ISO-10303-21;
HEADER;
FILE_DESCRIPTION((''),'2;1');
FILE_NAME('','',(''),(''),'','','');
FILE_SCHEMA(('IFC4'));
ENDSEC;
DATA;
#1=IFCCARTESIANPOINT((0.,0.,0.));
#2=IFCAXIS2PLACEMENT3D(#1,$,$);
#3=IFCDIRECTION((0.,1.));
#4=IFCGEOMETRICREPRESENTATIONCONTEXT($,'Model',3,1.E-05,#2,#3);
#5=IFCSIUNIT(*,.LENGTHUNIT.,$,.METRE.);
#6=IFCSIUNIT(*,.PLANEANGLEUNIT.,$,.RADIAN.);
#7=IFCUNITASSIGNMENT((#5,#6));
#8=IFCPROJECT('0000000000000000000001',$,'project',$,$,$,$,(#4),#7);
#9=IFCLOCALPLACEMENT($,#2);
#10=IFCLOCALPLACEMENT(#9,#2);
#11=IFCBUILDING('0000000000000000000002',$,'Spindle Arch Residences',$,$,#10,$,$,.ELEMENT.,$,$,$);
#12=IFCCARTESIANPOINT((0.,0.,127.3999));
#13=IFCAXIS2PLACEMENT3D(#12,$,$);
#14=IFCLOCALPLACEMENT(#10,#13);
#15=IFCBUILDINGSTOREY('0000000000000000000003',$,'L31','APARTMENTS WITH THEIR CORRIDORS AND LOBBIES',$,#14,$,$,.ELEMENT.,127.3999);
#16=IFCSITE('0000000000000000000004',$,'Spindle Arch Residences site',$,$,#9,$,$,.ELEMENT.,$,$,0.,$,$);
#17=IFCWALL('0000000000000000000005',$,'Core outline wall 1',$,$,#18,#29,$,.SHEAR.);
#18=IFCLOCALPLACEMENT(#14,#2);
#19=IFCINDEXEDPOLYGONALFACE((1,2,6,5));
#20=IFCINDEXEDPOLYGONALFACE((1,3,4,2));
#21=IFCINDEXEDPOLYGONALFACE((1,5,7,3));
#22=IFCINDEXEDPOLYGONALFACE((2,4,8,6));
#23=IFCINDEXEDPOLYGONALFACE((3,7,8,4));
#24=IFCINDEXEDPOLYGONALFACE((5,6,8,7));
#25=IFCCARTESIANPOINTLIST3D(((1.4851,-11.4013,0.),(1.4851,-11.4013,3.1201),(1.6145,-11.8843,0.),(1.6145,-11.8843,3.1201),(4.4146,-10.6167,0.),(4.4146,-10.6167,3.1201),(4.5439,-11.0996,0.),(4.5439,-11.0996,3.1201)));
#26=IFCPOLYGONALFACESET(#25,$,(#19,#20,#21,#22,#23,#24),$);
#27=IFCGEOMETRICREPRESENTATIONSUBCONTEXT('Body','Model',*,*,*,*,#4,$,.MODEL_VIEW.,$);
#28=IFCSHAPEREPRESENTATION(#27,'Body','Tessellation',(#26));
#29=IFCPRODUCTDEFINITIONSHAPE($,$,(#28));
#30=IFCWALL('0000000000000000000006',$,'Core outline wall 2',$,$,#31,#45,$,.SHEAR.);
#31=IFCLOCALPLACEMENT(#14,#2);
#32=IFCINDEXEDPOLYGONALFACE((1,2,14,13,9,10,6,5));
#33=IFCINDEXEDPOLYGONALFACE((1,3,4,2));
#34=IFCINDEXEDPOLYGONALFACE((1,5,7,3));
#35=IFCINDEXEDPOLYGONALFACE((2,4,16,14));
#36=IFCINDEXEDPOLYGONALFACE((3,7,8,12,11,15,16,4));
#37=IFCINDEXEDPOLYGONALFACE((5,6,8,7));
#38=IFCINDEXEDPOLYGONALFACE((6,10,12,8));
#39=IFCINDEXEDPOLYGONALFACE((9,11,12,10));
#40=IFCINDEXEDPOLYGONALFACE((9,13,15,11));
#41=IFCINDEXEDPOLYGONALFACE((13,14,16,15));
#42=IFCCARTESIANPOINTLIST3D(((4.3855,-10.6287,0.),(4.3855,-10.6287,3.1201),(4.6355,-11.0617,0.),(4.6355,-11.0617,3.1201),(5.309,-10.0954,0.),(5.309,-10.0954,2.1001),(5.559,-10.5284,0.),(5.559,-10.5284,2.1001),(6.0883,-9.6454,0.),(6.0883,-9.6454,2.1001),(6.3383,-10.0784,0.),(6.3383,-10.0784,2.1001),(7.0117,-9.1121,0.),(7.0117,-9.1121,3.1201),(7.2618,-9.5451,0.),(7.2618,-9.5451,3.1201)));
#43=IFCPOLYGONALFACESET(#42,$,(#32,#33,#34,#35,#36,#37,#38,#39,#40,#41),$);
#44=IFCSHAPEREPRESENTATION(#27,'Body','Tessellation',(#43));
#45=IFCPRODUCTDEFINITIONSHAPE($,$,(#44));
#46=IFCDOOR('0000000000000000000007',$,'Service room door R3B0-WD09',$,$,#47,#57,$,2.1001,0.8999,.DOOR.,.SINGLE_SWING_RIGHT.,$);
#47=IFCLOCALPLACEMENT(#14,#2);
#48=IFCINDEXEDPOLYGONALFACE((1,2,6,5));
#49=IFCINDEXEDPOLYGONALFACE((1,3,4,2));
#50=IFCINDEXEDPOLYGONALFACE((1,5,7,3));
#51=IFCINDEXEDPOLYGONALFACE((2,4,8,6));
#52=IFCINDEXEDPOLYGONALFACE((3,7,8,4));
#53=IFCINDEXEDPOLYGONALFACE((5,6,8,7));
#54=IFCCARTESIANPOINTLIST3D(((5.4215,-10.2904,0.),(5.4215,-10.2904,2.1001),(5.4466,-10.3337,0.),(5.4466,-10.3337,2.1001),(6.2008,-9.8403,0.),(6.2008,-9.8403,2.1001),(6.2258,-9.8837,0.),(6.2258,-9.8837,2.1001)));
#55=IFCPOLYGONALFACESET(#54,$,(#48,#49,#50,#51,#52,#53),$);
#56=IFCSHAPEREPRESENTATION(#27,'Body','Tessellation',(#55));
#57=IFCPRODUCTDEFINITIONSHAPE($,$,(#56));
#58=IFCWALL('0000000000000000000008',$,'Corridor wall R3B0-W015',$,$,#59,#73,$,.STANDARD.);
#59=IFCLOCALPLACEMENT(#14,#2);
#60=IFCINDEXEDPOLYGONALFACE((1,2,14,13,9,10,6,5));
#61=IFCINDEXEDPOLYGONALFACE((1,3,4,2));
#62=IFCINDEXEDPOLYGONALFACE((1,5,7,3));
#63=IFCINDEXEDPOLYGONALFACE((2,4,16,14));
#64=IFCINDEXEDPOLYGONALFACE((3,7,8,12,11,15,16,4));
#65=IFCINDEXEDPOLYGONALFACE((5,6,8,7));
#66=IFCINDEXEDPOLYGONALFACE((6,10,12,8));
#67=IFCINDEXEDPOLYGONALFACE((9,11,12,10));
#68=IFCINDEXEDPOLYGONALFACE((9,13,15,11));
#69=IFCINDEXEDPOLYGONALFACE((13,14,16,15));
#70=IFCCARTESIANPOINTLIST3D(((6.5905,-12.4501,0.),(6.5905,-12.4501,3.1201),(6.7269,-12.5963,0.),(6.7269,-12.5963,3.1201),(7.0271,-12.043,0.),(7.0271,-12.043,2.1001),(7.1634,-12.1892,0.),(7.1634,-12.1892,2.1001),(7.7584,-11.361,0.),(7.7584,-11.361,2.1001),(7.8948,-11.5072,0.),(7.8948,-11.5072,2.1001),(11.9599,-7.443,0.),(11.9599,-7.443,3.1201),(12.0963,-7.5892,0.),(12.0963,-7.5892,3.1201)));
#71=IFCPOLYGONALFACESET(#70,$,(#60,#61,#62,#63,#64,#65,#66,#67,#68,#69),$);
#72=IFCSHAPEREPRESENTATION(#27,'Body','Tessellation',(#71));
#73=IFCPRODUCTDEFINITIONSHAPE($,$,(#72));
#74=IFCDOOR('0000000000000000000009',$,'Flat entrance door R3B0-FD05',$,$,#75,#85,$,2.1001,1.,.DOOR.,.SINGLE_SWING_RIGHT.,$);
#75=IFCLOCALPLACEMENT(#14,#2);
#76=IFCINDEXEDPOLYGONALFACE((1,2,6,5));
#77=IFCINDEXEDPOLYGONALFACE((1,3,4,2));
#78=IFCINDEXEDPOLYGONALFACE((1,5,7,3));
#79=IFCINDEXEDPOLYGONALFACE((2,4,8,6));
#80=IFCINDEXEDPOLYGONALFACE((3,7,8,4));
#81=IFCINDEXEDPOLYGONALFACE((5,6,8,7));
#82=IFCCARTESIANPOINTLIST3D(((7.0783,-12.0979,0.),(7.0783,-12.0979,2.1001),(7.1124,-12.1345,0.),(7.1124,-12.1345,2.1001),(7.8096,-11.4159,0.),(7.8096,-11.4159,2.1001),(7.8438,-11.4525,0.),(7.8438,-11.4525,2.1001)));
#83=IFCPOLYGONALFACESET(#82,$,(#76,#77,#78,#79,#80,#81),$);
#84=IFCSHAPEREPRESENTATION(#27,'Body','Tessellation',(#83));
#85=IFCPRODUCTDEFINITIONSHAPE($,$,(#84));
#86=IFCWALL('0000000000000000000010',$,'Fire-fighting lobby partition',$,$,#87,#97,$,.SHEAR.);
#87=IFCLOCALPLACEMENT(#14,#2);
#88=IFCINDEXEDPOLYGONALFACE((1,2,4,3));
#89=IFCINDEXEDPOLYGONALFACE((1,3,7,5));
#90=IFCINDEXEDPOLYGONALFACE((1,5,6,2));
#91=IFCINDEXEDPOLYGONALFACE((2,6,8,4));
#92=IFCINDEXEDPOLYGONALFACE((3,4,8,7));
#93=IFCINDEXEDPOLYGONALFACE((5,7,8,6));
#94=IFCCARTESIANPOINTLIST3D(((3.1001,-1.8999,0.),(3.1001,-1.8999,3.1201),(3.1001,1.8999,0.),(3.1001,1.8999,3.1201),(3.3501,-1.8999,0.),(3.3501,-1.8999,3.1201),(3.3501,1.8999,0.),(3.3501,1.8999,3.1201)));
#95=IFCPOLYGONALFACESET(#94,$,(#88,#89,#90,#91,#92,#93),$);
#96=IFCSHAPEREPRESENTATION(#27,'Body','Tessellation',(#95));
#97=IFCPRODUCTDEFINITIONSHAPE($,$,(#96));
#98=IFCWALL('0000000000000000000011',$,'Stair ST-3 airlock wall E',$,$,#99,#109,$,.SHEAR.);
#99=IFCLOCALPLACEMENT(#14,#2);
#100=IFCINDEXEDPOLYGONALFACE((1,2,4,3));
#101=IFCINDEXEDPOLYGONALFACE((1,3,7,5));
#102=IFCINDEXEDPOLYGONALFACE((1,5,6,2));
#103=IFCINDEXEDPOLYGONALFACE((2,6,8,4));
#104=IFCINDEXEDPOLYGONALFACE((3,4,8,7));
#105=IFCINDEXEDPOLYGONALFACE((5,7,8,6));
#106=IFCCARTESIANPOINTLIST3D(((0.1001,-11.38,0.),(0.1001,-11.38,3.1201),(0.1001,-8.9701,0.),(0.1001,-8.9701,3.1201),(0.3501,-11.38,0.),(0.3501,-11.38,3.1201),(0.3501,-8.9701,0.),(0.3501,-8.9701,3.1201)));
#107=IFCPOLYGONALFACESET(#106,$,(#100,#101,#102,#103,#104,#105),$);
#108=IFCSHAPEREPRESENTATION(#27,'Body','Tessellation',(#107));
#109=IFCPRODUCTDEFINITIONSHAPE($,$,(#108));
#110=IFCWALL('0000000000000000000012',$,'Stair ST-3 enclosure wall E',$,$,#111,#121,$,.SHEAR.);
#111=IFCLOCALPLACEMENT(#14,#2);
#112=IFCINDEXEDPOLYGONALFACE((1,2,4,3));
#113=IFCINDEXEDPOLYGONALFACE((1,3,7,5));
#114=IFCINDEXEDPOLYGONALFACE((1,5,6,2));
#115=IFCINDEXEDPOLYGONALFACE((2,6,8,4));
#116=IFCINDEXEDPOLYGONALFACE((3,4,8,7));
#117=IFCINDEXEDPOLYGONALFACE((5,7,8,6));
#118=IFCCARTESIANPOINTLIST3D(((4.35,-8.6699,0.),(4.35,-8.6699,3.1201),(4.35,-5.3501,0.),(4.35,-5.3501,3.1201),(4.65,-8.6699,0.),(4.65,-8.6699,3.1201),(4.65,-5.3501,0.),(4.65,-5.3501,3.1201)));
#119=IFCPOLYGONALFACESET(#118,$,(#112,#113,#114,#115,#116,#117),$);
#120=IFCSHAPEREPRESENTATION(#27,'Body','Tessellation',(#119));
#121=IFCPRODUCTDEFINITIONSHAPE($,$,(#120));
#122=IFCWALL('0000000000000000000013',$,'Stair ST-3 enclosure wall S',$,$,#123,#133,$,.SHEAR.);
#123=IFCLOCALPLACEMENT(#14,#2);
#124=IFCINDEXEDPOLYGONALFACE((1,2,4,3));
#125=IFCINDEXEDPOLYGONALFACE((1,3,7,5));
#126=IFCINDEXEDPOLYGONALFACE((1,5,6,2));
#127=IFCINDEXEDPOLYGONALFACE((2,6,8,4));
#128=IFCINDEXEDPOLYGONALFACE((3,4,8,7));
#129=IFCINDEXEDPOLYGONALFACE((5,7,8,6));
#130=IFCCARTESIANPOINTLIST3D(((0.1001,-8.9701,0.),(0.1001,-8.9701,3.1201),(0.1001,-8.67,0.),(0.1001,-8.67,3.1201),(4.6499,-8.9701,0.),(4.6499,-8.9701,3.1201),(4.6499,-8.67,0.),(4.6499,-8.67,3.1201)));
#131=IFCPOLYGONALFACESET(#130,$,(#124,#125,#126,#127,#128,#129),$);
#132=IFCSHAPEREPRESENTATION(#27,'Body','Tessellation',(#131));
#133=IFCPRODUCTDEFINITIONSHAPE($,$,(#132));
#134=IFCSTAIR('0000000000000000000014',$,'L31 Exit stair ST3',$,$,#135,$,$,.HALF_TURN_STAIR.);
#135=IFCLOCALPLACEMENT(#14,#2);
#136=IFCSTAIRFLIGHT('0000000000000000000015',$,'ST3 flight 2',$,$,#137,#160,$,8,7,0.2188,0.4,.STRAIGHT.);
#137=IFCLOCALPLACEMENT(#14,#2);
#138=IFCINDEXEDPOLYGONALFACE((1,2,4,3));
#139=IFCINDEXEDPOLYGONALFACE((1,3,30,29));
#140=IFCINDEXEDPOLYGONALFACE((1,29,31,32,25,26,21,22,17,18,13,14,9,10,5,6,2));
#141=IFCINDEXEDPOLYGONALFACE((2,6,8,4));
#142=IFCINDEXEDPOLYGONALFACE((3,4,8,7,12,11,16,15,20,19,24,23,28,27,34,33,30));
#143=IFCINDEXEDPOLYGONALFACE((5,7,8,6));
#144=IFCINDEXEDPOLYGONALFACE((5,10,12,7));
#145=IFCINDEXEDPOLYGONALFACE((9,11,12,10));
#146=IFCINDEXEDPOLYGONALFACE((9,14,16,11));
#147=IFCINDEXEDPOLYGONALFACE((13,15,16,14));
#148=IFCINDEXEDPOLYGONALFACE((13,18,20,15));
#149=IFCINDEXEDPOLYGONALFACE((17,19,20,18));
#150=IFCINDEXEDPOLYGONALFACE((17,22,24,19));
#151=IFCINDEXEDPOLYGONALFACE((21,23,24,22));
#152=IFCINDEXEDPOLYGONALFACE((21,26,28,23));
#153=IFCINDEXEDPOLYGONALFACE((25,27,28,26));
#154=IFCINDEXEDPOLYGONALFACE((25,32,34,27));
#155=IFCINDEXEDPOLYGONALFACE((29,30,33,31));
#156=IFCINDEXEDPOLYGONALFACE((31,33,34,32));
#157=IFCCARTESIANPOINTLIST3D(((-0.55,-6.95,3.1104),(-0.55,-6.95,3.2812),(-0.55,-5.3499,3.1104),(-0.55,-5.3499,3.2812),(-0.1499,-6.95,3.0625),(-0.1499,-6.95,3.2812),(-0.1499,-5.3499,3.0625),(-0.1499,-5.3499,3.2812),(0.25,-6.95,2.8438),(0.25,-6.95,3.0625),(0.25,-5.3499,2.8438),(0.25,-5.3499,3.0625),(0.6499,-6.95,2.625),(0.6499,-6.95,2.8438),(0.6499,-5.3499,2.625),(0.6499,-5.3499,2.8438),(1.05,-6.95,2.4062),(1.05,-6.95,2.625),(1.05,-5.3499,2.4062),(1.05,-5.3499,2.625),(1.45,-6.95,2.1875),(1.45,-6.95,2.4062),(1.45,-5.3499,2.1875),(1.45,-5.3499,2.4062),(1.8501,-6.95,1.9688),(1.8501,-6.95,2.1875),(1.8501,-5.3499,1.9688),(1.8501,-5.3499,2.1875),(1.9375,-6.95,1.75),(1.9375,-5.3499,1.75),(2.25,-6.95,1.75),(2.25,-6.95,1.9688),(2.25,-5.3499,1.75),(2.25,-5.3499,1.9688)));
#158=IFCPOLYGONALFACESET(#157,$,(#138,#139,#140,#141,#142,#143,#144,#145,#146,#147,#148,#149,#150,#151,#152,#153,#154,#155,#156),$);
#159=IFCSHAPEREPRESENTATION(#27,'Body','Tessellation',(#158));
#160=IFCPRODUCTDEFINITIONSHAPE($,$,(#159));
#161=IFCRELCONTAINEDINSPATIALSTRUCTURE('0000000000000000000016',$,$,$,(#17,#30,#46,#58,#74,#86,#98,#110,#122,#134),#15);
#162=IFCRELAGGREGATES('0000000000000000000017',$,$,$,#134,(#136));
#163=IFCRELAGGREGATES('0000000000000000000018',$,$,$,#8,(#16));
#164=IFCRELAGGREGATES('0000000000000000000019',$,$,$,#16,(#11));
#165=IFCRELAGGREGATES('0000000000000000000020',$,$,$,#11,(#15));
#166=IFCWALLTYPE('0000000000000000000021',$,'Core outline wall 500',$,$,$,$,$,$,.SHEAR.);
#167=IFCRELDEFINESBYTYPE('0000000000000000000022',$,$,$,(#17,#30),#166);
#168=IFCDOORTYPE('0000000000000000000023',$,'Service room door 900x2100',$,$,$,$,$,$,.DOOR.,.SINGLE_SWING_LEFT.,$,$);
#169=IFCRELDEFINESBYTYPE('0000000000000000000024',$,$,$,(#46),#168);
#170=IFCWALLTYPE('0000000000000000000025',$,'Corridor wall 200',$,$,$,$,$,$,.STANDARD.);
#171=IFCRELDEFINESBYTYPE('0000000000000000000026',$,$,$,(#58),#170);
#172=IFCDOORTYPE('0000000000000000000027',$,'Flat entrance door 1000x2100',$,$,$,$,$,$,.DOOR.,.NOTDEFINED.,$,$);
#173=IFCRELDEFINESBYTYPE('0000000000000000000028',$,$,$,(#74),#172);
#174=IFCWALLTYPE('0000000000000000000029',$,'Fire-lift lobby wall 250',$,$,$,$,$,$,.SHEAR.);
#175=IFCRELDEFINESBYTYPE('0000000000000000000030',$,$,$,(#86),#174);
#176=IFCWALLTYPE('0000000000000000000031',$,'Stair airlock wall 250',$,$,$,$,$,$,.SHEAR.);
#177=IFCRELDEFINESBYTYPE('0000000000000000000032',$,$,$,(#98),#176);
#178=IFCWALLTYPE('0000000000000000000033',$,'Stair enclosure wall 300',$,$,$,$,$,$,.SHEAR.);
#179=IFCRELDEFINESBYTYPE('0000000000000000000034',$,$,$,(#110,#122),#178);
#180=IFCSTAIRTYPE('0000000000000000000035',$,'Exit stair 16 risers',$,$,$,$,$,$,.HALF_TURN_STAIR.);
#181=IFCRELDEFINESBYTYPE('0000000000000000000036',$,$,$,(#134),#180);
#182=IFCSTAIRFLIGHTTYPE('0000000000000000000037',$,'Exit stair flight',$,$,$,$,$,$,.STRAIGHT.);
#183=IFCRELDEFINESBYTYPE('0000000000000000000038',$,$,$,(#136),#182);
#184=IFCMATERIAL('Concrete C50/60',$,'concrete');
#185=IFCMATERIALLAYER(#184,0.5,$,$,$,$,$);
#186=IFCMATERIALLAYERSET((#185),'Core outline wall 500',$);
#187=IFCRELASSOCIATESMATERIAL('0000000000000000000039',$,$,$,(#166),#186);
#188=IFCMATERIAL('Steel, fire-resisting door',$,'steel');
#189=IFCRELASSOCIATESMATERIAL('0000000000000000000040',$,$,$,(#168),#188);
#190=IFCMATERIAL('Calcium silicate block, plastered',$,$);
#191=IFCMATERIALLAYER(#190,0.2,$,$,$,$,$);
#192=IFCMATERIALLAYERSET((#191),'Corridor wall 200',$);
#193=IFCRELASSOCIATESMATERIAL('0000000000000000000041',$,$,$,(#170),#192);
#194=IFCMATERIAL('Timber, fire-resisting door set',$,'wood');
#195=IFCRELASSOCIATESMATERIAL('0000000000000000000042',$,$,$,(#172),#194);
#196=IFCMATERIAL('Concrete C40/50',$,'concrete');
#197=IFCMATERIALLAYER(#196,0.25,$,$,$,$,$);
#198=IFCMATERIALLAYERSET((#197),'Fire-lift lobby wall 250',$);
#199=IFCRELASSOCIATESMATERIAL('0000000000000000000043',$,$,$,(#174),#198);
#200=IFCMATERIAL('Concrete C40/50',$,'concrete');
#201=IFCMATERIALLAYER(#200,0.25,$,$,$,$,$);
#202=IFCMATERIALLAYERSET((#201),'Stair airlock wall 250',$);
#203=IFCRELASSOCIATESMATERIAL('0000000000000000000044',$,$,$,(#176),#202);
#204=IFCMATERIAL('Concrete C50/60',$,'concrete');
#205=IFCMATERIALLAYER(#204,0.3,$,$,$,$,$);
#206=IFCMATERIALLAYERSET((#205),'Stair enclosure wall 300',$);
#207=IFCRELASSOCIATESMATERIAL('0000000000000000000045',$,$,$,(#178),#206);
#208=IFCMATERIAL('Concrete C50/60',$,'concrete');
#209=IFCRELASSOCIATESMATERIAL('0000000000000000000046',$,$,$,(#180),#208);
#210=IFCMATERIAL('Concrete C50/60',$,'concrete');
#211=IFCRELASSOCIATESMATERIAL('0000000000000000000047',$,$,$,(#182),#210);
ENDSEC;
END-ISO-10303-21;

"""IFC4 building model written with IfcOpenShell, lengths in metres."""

from ifc_helpers import new_model, si_unit, direction, frame, frame_2d, origin, place, context, subcontext, project, spatial, polyline, rectangle, outline, extrude, material, layer, layer_set, type_object, element, fill, aggregate, save


model = new_model("IFC4")

# Units and contexts
model_context = context("Model", 3, precision=1e-05, world=origin(), true_north=direction((0.0, 1.0)))
body_context = subcontext(model_context, "Body", "Model", "MODEL_VIEW")
ifc_project = project(units=[si_unit("LENGTHUNIT", "METRE"), si_unit("PLANEANGLEUNIT", "RADIAN")], contexts=[model_context])

# Site, building, storey
site_placement = place(None, origin())
site = spatial("IfcSite", under=ifc_project, at=site_placement, Name="Spindle Arch Residences site", CompositionType="ELEMENT", RefElevation=0.0)
building_placement = place(site_placement, origin())
building = spatial("IfcBuilding", under=site, at=building_placement, Name="Spindle Arch Residences", CompositionType="ELEMENT")
storey_placement = place(building_placement, frame((0.0, 0.0, 127.3999)))
storey = spatial("IfcBuildingStorey", under=building, at=storey_placement, Name="L31", Description="APARTMENTS WITH THEIR CORRIDORS AND LOBBIES", CompositionType="ELEMENT", Elevation=127.3999)

# Wall
ifc_material_1 = material(Name="Concrete C50/60", Category="concrete")
ifc_layer_1 = layer(ifc_material_1, 0.5)
ifc_layer_set_1 = layer_set([ifc_layer_1], Name="Core outline wall 500")
wall_type_1 = type_object("IfcWallType", Name="Core outline wall 500", PredefinedType="SHEAR", material=ifc_layer_set_1)
wall_1_placement = place(storey_placement, frame((1.5498, -11.6428, 0.0), z_axis=(0.0, 0.0, 1.0), x_axis=(0.965948, 0.258735, 0.0)))
element("IfcWall", 1, at=wall_1_placement, inside=storey, type_object=wall_type_1, Name="Core outline wall 1", PredefinedType="SHEAR", context=body_context, shape_type="SweptSolid", body=[
    extrude(rectangle(XDim=3.0327, YDim=0.5, at=frame_2d((1.5164, 0.0))), origin(), (0.0, 0.0, 1.0), 3.1201),
])

# Walls, openings, doors
wall_2_placement = place(storey_placement, frame((4.5105, -10.8452, 0.0), z_axis=(0.0, 0.0, 1.0), x_axis=(0.865975, 0.500087, 0.0)))
wall_2 = element("IfcWall", 2, at=wall_2_placement, inside=storey, type_object=wall_type_1, Name="Core outline wall 2", PredefinedType="SHEAR", context=body_context, shape_type="SweptSolid", body=[
    extrude(rectangle(XDim=3.0327, YDim=0.5, at=frame_2d((1.5164, 0.0))), origin(), (0.0, 0.0, 1.0), 3.1201),
])
opening_1_placement = place(wall_2_placement, frame((1.0664, 0.0, 0.0)))
opening_1 = element("IfcOpeningElement", 3, at=opening_1_placement, cuts=wall_2, PredefinedType="OPENING", context=body_context, shape_type="SweptSolid", body=[
    extrude(rectangle(XDim=0.8999, YDim=2.1001, at=frame_2d((0.45, 1.05))), frame((0.0, 0.26, 0.0), z_axis=(0.0, -1.0, 0.0), x_axis=(1.0, 0.0, 0.0)), (0.0, 0.0, 1.0), 0.52),
])
ifc_material_2 = material(Name="Steel, fire-resisting door", Category="steel")
door_type_1 = type_object("IfcDoorType", Name="Service room door 900x2100", OperationType="SINGLE_SWING_LEFT", PredefinedType="DOOR", material=ifc_material_2)
door_1_placement = place(opening_1_placement, origin())
door_1 = element("IfcDoor", 4, at=door_1_placement, inside=storey, type_object=door_type_1, Name="Service room door R3B0-WD09", OperationType="SINGLE_SWING_RIGHT", OverallHeight=2.1001, OverallWidth=0.8999, PredefinedType="DOOR", context=body_context, shape_type="SweptSolid", body=[
    extrude(rectangle(XDim=0.8999, YDim=2.1001, at=frame_2d((0.45, 1.05))), frame((0.0, 0.0249, 0.0), z_axis=(0.0, -1.0, 0.0), x_axis=(1.0, 0.0, 0.0)), (0.0, 0.0, 1.0), 0.05),
])
fill(opening_1, door_1)
ifc_material_3 = material(Name="Calcium silicate block, plastered")
ifc_layer_2 = layer(ifc_material_3, 0.2)
ifc_layer_set_2 = layer_set([ifc_layer_2], Name="Corridor wall 200")
wall_type_2 = type_object("IfcWallType", Name="Corridor wall 200", PredefinedType="STANDARD", material=ifc_layer_set_2)
wall_3_placement = place(storey_placement, frame((6.6587, -12.5232, 0.0), z_axis=(0.0, 0.0, 1.0), x_axis=(0.73135, 0.682002, 0.0)))
wall_3 = element("IfcWall", 5, at=wall_3_placement, inside=storey, type_object=wall_type_2, Name="Corridor wall R3B0-W015", PredefinedType="STANDARD", context=body_context, shape_type="SweptSolid", body=[
    extrude(rectangle(XDim=7.3418, YDim=0.2, at=frame_2d((3.6709, 0.0))), origin(), (0.0, 0.0, 1.0), 3.1201),
])
opening_2_placement = place(wall_3_placement, frame((0.5969, 0.0, 0.0)))
opening_2 = element("IfcOpeningElement", 6, at=opening_2_placement, cuts=wall_3, PredefinedType="OPENING", context=body_context, shape_type="SweptSolid", body=[
    extrude(rectangle(XDim=1.0, YDim=2.1001, at=frame_2d((0.5, 1.05))), frame((0.0, 0.1099, 0.0), z_axis=(0.0, -1.0, 0.0), x_axis=(1.0, 0.0, 0.0)), (0.0, 0.0, 1.0), 0.22),
])
ifc_material_4 = material(Name="Timber, fire-resisting door set", Category="wood")
door_type_2 = type_object("IfcDoorType", Name="Flat entrance door 1000x2100", OperationType="NOTDEFINED", PredefinedType="DOOR", material=ifc_material_4)
door_2_placement = place(opening_2_placement, origin())
door_2 = element("IfcDoor", 7, at=door_2_placement, inside=storey, type_object=door_type_2, Name="Flat entrance door R3B0-FD05", OperationType="SINGLE_SWING_RIGHT", OverallHeight=2.1001, OverallWidth=1.0, PredefinedType="DOOR", context=body_context, shape_type="SweptSolid", body=[
    extrude(rectangle(XDim=1.0, YDim=2.1001, at=frame_2d((0.5, 1.05))), frame((0.0, 0.0249, 0.0), z_axis=(0.0, -1.0, 0.0), x_axis=(1.0, 0.0, 0.0)), (0.0, 0.0, 1.0), 0.05),
])
fill(opening_2, door_2)

# Wall
ifc_material_5 = material(Name="Concrete C40/50", Category="concrete")
ifc_layer_3 = layer(ifc_material_5, 0.25)
ifc_layer_set_3 = layer_set([ifc_layer_3], Name="Fire-lift lobby wall 250")
wall_type_3 = type_object("IfcWallType", Name="Fire-lift lobby wall 250", PredefinedType="SHEAR", material=ifc_layer_set_3)
wall_4_placement = place(storey_placement, frame((3.2251, -1.8999, 0.0), z_axis=(0.0, 0.0, 1.0), x_axis=(0.0, 1.0, 0.0)))
element("IfcWall", 8, at=wall_4_placement, inside=storey, type_object=wall_type_3, Name="Fire-fighting lobby partition", PredefinedType="SHEAR", context=body_context, shape_type="SweptSolid", body=[
    extrude(rectangle(XDim=3.7998, YDim=0.25, at=frame_2d((1.8999, 0.0))), origin(), (0.0, 0.0, 1.0), 3.1201),
])

# Walls
ifc_material_6 = material(Name="Concrete C40/50", Category="concrete")
ifc_layer_4 = layer(ifc_material_6, 0.25)
ifc_layer_set_4 = layer_set([ifc_layer_4], Name="Stair airlock wall 250")
wall_type_4 = type_object("IfcWallType", Name="Stair airlock wall 250", PredefinedType="SHEAR", material=ifc_layer_set_4)
wall_5_placement = place(storey_placement, frame((0.2251, -8.97, 0.0), z_axis=(0.0, 0.0, 1.0), x_axis=(0.0, -1.0, 0.0)))
element("IfcWall", 9, at=wall_5_placement, inside=storey, type_object=wall_type_4, Name="Stair ST-3 airlock wall E", PredefinedType="SHEAR", context=body_context, shape_type="SweptSolid", body=[
    extrude(rectangle(XDim=2.4099, YDim=0.25, at=frame_2d((1.2051, 0.0))), origin(), (0.0, 0.0, 1.0), 3.1201),
])
ifc_material_7 = material(Name="Concrete C50/60", Category="concrete")
ifc_layer_5 = layer(ifc_material_7, 0.3)
ifc_layer_set_5 = layer_set([ifc_layer_5], Name="Stair enclosure wall 300")
wall_type_5 = type_object("IfcWallType", Name="Stair enclosure wall 300", PredefinedType="SHEAR", material=ifc_layer_set_5)
wall_6_placement = place(storey_placement, frame((4.5, -8.6699, 0.0), z_axis=(0.0, 0.0, 1.0), x_axis=(0.0, 1.0, 0.0)))
element("IfcWall", 10, at=wall_6_placement, inside=storey, type_object=wall_type_5, Name="Stair ST-3 enclosure wall E", PredefinedType="SHEAR", context=body_context, shape_type="SweptSolid", body=[
    extrude(rectangle(XDim=3.3198, YDim=0.3, at=frame_2d((1.6599, 0.0))), origin(), (0.0, 0.0, 1.0), 3.1201),
])
wall_7_placement = place(storey_placement, frame((0.1001, -8.8201, 0.0), z_axis=(0.0, 0.0, 1.0), x_axis=(1.0, 0.0, 0.0)))
element("IfcWall", 11, at=wall_7_placement, inside=storey, type_object=wall_type_5, Name="Stair ST-3 enclosure wall S", PredefinedType="SHEAR", context=body_context, shape_type="SweptSolid", body=[
    extrude(rectangle(XDim=4.5498, YDim=0.3, at=frame_2d((2.2749, 0.0))), origin(), (0.0, 0.0, 1.0), 3.1201),
])

# Stair, stair flight
ifc_material_8 = material(Name="Concrete C50/60", Category="concrete")
stair_type = type_object("IfcStairType", Name="Exit stair 16 risers", PredefinedType="HALF_TURN_STAIR", material=ifc_material_8)
stair_placement = place(storey_placement, origin())
stair = element("IfcStair", 12, at=stair_placement, inside=storey, type_object=stair_type, Name="L31 Exit stair ST3", PredefinedType="HALF_TURN_STAIR")
ifc_material_9 = material(Name="Concrete C50/60", Category="concrete")
stair_flight_type = type_object("IfcStairFlightType", Name="Exit stair flight", PredefinedType="STRAIGHT", material=ifc_material_9)
stair_flight_placement = place(storey_placement, frame((2.25, -6.1499, 1.75), z_axis=(0.0, 0.0, 1.0), x_axis=(-1.0, 0.0, 0.0)))
stair_flight = element("IfcStairFlight", 13, at=stair_flight_placement, type_object=stair_flight_type, Name="ST3 flight 2", NumberOfRisers=8, NumberOfTreads=7, PredefinedType="STRAIGHT", RiserHeight=0.2188, TreadLength=0.4, context=body_context, shape_type="SweptSolid", body=[
    extrude(outline(polyline([(0.0, 0.0), (0.0, 0.2188), (0.3999, 0.2188), (0.3999, 0.4375), (0.8, 0.4375), (0.8, 0.6562), (1.2, 0.6562), (1.2, 0.875), (1.6001, 0.875), (1.6001, 1.0938), (2.0, 1.0938), (2.0, 1.3125), (2.3999, 1.3125), (2.3999, 1.5312), (2.8, 1.5312), (2.8, 1.75), (2.8, 1.3604), (0.3125, 0.0), (0.0, 0.0)])), frame((0.0, 0.8, 0.0), z_axis=(0.0, -1.0, 0.0), x_axis=(1.0, 0.0, 0.0)), (0.0, 0.0, 1.0), 1.6001),
])
aggregate(stair, [stair_flight])

save(model, "model.ifc")
